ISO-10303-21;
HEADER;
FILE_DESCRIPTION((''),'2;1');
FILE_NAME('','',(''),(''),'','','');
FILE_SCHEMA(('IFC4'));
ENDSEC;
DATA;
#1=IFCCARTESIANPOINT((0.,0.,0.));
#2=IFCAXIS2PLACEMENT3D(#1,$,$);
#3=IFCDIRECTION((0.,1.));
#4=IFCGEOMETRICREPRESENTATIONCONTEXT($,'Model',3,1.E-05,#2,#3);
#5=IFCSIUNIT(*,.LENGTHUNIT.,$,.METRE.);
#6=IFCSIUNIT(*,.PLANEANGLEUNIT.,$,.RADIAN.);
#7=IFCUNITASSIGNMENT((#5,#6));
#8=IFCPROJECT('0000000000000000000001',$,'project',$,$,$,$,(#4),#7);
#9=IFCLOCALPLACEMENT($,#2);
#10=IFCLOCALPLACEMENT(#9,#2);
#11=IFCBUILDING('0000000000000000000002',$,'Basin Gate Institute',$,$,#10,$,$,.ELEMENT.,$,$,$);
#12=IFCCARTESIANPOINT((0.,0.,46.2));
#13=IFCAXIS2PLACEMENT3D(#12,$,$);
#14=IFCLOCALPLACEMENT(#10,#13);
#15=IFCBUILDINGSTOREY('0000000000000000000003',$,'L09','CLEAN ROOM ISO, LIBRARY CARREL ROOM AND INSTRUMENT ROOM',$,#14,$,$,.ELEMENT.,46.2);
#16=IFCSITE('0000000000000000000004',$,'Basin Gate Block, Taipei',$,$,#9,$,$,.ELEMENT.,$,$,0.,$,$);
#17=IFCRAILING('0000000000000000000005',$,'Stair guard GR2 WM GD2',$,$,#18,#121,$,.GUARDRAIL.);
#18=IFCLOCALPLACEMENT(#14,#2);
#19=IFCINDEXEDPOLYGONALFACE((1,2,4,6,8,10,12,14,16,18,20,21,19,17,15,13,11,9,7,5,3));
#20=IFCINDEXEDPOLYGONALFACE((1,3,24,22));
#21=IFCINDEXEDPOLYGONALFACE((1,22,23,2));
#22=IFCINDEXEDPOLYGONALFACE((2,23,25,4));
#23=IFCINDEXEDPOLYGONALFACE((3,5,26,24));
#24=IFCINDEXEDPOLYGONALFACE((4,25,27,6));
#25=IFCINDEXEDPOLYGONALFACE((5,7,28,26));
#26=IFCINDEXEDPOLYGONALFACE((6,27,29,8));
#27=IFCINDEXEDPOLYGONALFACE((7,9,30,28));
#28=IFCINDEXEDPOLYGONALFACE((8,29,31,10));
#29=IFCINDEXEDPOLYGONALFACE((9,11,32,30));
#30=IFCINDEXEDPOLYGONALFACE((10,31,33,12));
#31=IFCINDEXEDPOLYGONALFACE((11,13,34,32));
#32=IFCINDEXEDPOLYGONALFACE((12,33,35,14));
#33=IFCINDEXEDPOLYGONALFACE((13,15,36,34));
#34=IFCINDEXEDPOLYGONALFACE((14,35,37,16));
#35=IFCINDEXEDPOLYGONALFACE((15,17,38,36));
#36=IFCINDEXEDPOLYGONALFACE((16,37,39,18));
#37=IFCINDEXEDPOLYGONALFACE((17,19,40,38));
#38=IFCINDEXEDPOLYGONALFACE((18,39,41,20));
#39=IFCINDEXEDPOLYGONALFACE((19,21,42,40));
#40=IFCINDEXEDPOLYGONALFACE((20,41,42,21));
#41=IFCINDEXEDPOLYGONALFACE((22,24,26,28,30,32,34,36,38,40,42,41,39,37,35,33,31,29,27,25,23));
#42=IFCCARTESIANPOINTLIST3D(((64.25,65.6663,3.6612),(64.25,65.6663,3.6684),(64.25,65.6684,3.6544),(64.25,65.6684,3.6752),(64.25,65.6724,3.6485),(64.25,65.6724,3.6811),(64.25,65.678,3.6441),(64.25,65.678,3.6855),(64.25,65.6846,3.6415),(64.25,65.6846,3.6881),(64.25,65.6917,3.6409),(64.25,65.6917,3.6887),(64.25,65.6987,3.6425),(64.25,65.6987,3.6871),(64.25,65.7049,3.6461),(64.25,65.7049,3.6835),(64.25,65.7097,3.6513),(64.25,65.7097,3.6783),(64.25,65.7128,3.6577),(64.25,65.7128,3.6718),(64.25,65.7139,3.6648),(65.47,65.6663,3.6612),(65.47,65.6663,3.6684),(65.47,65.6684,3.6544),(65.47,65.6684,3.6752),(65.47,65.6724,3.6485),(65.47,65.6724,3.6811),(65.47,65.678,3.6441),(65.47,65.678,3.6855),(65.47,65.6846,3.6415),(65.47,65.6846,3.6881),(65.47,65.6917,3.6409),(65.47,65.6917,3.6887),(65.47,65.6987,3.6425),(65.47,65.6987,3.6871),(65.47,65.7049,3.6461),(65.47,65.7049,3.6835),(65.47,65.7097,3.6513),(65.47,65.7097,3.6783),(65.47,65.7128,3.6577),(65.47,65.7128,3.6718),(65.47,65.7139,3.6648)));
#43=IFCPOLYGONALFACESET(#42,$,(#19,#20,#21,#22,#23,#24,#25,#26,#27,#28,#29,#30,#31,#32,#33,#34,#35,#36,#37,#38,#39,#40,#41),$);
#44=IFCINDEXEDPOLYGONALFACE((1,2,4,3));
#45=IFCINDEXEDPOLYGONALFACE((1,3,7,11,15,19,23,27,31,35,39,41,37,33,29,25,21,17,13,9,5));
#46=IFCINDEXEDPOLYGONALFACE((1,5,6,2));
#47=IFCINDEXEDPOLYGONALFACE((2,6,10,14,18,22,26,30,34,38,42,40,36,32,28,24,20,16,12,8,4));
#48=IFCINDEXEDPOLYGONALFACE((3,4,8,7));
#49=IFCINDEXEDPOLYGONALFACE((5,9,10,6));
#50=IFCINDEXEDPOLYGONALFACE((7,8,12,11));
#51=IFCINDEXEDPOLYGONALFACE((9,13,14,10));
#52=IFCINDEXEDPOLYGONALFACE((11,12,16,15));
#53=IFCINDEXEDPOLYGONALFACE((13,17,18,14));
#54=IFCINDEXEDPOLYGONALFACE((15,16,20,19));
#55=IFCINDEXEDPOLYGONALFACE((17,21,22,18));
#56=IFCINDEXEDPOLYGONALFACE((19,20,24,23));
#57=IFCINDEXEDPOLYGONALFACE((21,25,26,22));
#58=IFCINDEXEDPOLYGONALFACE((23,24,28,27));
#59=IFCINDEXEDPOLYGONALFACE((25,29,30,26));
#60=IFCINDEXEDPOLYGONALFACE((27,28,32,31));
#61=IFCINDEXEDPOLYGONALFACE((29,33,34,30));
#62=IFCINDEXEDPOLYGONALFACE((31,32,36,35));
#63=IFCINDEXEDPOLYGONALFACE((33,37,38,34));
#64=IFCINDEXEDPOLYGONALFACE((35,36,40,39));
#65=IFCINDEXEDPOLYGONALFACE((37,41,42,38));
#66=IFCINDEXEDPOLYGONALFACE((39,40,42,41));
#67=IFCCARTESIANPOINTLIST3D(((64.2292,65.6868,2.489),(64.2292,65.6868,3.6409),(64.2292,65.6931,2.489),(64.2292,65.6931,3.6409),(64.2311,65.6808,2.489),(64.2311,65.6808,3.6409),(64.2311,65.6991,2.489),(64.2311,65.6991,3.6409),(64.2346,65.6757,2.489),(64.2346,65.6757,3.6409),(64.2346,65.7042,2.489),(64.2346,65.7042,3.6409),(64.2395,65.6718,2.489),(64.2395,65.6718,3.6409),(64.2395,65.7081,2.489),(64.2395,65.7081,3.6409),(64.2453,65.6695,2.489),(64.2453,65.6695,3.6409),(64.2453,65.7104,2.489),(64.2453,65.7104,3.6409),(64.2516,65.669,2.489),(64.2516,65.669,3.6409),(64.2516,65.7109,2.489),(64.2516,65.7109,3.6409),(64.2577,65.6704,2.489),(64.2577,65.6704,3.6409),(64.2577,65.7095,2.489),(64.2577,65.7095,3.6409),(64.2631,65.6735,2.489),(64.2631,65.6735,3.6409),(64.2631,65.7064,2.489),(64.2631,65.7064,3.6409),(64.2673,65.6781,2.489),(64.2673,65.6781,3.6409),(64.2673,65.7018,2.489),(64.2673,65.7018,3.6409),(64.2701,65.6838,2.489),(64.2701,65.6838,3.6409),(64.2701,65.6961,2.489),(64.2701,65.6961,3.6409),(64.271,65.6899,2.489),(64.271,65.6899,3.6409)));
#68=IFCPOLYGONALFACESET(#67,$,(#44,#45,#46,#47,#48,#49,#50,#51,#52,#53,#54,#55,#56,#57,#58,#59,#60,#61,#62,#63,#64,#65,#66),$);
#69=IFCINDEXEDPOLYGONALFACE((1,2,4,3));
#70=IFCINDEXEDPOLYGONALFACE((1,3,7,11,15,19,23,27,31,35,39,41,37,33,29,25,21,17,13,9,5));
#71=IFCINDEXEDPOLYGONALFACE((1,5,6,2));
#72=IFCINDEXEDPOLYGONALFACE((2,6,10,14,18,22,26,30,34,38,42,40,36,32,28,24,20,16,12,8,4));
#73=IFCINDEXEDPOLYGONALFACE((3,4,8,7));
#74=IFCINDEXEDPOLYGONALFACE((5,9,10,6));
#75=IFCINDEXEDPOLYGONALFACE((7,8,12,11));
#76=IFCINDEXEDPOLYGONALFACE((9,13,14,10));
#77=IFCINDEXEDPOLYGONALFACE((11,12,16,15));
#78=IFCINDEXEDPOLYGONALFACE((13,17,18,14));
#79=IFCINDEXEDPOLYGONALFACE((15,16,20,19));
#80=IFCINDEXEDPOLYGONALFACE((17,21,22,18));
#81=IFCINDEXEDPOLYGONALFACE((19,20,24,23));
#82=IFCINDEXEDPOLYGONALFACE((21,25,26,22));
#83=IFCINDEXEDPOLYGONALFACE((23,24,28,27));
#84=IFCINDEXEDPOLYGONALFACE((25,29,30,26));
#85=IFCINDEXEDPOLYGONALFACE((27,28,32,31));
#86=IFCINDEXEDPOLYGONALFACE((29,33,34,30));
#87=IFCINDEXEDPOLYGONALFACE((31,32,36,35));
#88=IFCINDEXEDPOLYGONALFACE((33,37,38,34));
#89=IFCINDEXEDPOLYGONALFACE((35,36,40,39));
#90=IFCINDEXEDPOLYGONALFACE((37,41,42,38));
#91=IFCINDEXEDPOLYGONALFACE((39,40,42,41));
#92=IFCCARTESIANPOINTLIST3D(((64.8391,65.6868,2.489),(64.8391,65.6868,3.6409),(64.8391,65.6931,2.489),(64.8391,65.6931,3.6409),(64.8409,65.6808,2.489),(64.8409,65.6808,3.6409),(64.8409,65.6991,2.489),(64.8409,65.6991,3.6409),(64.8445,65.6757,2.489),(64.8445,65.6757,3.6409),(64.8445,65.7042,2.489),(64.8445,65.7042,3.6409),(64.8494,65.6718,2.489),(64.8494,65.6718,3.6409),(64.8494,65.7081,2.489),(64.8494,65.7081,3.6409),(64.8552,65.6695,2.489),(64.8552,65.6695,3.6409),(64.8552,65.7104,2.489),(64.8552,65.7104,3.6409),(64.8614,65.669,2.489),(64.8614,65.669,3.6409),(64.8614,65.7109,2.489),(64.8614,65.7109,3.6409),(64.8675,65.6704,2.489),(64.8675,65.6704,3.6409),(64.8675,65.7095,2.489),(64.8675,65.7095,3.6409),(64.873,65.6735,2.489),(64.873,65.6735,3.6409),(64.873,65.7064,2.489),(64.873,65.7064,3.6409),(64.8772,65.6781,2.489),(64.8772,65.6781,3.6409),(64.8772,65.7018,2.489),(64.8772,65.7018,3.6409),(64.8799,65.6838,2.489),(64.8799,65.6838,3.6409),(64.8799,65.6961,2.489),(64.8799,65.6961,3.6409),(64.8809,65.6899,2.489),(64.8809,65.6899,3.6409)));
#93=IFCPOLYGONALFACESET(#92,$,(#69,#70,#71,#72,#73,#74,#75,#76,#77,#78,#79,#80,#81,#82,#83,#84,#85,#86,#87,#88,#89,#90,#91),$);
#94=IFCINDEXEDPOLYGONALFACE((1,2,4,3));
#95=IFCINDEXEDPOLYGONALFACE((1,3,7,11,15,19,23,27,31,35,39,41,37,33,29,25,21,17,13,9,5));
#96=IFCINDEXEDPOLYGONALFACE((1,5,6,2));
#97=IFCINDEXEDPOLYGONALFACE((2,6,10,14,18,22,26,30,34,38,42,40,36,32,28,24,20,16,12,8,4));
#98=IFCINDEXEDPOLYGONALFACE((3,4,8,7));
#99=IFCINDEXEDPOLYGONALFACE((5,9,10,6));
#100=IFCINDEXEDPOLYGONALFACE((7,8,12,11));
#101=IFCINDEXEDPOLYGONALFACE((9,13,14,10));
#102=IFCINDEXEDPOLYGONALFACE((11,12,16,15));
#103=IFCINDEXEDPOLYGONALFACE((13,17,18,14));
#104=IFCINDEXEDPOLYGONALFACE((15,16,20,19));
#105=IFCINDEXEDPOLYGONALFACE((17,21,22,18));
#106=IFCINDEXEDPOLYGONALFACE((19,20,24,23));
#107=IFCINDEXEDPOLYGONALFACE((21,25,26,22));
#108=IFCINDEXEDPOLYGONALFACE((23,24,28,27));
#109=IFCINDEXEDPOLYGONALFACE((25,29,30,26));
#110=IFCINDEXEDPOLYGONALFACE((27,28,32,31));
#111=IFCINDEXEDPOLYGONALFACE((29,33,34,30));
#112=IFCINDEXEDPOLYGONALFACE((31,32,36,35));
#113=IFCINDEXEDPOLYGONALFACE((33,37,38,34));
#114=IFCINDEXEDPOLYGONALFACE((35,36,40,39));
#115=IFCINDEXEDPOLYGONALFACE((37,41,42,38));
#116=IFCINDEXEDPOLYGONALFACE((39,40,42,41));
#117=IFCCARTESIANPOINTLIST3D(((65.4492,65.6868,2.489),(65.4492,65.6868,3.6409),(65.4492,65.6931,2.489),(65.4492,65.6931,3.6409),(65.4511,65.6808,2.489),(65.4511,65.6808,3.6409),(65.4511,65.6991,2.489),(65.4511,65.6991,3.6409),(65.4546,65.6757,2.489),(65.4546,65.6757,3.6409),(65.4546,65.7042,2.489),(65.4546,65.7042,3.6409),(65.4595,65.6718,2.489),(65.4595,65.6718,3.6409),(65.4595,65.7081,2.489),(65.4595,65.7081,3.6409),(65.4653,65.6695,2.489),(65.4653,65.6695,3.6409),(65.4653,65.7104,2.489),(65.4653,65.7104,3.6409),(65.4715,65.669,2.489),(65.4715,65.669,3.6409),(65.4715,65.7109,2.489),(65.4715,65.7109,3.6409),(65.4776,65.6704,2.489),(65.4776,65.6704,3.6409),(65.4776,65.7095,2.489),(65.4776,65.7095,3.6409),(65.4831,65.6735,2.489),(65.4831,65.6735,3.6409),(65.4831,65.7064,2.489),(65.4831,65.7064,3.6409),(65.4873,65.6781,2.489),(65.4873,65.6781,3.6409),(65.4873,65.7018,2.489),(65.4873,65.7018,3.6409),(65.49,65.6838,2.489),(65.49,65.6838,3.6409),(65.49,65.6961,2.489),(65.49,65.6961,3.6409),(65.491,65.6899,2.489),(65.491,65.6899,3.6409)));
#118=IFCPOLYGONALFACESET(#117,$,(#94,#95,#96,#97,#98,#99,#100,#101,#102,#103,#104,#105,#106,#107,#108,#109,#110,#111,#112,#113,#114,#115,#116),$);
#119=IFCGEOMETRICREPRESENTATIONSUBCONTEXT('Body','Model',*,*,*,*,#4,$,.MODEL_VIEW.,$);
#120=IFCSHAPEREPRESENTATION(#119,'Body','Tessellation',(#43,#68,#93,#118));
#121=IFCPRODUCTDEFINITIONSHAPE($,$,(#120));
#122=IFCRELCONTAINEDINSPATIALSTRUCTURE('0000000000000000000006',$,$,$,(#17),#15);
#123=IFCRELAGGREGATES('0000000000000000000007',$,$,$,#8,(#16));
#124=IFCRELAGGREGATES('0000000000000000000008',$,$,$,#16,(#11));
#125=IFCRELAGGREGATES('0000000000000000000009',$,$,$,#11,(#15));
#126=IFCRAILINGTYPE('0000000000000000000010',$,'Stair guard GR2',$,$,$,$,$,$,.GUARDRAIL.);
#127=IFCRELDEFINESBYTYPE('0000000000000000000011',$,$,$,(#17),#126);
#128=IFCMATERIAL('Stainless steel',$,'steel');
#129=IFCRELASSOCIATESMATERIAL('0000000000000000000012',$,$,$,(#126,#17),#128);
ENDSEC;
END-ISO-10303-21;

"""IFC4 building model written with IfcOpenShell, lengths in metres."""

from ifc_helpers import new_model, si_unit, direction, frame, origin, origin_2d, place, context, subcontext, project, spatial, circle, extrude, material, type_object, element, save


model = new_model("IFC4")

# Units and contexts
model_context = context("Model", 3, precision=1e-05, world=origin(), true_north=direction((0.0, 1.0)))
body_context = subcontext(model_context, "Body", "Model", "MODEL_VIEW")
ifc_project = project(units=[si_unit("LENGTHUNIT", "METRE"), si_unit("PLANEANGLEUNIT", "RADIAN")], contexts=[model_context])

# Site, building, storey
site_placement = place(None, origin())
site = spatial("IfcSite", under=ifc_project, at=site_placement, Name="Basin Gate Block, Taipei", CompositionType="ELEMENT", RefElevation=0.0)
building_placement = place(site_placement, origin())
building = spatial("IfcBuilding", under=site, at=building_placement, Name="Basin Gate Institute", CompositionType="ELEMENT")
storey_placement = place(building_placement, frame((0.0, 0.0, 46.2)))
storey = spatial("IfcBuildingStorey", under=building, at=storey_placement, Name="L09", Description="CLEAN ROOM ISO, LIBRARY CARREL ROOM AND INSTRUMENT ROOM", CompositionType="ELEMENT", Elevation=46.2)

# Railing
ifc_material_1 = material(Name="Stainless steel", Category="steel")
railing_type = type_object("IfcRailingType", Name="Stair guard GR2", PredefinedType="GUARDRAIL", material=ifc_material_1)
railing_placement = place(storey_placement, frame((64.25, 65.6899, 2.489)))
element("IfcRailing", 1, at=railing_placement, inside=storey, type_object=railing_type, material=ifc_material_1, Name="Stair guard GR2 WM GD2", PredefinedType="GUARDRAIL", context=body_context, shape_type="SweptSolid", body=[
    extrude(circle(Radius=0.0239, at=origin_2d()), frame((0.0, 0.0, 1.1758), z_axis=(1.0, 0.0, 0.0), x_axis=(0.0, 1.0, 0.0)), (0.0, 0.0, 1.0), 1.22),
    extrude(circle(Radius=0.021, at=origin_2d()), origin(), (0.0, 0.0, 1.0), 1.1519),
    extrude(circle(Radius=0.021, at=origin_2d()), frame((0.6099, 0.0, 0.0)), (0.0, 0.0, 1.0), 1.1519),
    extrude(circle(Radius=0.021, at=origin_2d()), frame((1.22, 0.0, 0.0)), (0.0, 0.0, 1.0), 1.1519),
])

save(model, "model.ifc")
